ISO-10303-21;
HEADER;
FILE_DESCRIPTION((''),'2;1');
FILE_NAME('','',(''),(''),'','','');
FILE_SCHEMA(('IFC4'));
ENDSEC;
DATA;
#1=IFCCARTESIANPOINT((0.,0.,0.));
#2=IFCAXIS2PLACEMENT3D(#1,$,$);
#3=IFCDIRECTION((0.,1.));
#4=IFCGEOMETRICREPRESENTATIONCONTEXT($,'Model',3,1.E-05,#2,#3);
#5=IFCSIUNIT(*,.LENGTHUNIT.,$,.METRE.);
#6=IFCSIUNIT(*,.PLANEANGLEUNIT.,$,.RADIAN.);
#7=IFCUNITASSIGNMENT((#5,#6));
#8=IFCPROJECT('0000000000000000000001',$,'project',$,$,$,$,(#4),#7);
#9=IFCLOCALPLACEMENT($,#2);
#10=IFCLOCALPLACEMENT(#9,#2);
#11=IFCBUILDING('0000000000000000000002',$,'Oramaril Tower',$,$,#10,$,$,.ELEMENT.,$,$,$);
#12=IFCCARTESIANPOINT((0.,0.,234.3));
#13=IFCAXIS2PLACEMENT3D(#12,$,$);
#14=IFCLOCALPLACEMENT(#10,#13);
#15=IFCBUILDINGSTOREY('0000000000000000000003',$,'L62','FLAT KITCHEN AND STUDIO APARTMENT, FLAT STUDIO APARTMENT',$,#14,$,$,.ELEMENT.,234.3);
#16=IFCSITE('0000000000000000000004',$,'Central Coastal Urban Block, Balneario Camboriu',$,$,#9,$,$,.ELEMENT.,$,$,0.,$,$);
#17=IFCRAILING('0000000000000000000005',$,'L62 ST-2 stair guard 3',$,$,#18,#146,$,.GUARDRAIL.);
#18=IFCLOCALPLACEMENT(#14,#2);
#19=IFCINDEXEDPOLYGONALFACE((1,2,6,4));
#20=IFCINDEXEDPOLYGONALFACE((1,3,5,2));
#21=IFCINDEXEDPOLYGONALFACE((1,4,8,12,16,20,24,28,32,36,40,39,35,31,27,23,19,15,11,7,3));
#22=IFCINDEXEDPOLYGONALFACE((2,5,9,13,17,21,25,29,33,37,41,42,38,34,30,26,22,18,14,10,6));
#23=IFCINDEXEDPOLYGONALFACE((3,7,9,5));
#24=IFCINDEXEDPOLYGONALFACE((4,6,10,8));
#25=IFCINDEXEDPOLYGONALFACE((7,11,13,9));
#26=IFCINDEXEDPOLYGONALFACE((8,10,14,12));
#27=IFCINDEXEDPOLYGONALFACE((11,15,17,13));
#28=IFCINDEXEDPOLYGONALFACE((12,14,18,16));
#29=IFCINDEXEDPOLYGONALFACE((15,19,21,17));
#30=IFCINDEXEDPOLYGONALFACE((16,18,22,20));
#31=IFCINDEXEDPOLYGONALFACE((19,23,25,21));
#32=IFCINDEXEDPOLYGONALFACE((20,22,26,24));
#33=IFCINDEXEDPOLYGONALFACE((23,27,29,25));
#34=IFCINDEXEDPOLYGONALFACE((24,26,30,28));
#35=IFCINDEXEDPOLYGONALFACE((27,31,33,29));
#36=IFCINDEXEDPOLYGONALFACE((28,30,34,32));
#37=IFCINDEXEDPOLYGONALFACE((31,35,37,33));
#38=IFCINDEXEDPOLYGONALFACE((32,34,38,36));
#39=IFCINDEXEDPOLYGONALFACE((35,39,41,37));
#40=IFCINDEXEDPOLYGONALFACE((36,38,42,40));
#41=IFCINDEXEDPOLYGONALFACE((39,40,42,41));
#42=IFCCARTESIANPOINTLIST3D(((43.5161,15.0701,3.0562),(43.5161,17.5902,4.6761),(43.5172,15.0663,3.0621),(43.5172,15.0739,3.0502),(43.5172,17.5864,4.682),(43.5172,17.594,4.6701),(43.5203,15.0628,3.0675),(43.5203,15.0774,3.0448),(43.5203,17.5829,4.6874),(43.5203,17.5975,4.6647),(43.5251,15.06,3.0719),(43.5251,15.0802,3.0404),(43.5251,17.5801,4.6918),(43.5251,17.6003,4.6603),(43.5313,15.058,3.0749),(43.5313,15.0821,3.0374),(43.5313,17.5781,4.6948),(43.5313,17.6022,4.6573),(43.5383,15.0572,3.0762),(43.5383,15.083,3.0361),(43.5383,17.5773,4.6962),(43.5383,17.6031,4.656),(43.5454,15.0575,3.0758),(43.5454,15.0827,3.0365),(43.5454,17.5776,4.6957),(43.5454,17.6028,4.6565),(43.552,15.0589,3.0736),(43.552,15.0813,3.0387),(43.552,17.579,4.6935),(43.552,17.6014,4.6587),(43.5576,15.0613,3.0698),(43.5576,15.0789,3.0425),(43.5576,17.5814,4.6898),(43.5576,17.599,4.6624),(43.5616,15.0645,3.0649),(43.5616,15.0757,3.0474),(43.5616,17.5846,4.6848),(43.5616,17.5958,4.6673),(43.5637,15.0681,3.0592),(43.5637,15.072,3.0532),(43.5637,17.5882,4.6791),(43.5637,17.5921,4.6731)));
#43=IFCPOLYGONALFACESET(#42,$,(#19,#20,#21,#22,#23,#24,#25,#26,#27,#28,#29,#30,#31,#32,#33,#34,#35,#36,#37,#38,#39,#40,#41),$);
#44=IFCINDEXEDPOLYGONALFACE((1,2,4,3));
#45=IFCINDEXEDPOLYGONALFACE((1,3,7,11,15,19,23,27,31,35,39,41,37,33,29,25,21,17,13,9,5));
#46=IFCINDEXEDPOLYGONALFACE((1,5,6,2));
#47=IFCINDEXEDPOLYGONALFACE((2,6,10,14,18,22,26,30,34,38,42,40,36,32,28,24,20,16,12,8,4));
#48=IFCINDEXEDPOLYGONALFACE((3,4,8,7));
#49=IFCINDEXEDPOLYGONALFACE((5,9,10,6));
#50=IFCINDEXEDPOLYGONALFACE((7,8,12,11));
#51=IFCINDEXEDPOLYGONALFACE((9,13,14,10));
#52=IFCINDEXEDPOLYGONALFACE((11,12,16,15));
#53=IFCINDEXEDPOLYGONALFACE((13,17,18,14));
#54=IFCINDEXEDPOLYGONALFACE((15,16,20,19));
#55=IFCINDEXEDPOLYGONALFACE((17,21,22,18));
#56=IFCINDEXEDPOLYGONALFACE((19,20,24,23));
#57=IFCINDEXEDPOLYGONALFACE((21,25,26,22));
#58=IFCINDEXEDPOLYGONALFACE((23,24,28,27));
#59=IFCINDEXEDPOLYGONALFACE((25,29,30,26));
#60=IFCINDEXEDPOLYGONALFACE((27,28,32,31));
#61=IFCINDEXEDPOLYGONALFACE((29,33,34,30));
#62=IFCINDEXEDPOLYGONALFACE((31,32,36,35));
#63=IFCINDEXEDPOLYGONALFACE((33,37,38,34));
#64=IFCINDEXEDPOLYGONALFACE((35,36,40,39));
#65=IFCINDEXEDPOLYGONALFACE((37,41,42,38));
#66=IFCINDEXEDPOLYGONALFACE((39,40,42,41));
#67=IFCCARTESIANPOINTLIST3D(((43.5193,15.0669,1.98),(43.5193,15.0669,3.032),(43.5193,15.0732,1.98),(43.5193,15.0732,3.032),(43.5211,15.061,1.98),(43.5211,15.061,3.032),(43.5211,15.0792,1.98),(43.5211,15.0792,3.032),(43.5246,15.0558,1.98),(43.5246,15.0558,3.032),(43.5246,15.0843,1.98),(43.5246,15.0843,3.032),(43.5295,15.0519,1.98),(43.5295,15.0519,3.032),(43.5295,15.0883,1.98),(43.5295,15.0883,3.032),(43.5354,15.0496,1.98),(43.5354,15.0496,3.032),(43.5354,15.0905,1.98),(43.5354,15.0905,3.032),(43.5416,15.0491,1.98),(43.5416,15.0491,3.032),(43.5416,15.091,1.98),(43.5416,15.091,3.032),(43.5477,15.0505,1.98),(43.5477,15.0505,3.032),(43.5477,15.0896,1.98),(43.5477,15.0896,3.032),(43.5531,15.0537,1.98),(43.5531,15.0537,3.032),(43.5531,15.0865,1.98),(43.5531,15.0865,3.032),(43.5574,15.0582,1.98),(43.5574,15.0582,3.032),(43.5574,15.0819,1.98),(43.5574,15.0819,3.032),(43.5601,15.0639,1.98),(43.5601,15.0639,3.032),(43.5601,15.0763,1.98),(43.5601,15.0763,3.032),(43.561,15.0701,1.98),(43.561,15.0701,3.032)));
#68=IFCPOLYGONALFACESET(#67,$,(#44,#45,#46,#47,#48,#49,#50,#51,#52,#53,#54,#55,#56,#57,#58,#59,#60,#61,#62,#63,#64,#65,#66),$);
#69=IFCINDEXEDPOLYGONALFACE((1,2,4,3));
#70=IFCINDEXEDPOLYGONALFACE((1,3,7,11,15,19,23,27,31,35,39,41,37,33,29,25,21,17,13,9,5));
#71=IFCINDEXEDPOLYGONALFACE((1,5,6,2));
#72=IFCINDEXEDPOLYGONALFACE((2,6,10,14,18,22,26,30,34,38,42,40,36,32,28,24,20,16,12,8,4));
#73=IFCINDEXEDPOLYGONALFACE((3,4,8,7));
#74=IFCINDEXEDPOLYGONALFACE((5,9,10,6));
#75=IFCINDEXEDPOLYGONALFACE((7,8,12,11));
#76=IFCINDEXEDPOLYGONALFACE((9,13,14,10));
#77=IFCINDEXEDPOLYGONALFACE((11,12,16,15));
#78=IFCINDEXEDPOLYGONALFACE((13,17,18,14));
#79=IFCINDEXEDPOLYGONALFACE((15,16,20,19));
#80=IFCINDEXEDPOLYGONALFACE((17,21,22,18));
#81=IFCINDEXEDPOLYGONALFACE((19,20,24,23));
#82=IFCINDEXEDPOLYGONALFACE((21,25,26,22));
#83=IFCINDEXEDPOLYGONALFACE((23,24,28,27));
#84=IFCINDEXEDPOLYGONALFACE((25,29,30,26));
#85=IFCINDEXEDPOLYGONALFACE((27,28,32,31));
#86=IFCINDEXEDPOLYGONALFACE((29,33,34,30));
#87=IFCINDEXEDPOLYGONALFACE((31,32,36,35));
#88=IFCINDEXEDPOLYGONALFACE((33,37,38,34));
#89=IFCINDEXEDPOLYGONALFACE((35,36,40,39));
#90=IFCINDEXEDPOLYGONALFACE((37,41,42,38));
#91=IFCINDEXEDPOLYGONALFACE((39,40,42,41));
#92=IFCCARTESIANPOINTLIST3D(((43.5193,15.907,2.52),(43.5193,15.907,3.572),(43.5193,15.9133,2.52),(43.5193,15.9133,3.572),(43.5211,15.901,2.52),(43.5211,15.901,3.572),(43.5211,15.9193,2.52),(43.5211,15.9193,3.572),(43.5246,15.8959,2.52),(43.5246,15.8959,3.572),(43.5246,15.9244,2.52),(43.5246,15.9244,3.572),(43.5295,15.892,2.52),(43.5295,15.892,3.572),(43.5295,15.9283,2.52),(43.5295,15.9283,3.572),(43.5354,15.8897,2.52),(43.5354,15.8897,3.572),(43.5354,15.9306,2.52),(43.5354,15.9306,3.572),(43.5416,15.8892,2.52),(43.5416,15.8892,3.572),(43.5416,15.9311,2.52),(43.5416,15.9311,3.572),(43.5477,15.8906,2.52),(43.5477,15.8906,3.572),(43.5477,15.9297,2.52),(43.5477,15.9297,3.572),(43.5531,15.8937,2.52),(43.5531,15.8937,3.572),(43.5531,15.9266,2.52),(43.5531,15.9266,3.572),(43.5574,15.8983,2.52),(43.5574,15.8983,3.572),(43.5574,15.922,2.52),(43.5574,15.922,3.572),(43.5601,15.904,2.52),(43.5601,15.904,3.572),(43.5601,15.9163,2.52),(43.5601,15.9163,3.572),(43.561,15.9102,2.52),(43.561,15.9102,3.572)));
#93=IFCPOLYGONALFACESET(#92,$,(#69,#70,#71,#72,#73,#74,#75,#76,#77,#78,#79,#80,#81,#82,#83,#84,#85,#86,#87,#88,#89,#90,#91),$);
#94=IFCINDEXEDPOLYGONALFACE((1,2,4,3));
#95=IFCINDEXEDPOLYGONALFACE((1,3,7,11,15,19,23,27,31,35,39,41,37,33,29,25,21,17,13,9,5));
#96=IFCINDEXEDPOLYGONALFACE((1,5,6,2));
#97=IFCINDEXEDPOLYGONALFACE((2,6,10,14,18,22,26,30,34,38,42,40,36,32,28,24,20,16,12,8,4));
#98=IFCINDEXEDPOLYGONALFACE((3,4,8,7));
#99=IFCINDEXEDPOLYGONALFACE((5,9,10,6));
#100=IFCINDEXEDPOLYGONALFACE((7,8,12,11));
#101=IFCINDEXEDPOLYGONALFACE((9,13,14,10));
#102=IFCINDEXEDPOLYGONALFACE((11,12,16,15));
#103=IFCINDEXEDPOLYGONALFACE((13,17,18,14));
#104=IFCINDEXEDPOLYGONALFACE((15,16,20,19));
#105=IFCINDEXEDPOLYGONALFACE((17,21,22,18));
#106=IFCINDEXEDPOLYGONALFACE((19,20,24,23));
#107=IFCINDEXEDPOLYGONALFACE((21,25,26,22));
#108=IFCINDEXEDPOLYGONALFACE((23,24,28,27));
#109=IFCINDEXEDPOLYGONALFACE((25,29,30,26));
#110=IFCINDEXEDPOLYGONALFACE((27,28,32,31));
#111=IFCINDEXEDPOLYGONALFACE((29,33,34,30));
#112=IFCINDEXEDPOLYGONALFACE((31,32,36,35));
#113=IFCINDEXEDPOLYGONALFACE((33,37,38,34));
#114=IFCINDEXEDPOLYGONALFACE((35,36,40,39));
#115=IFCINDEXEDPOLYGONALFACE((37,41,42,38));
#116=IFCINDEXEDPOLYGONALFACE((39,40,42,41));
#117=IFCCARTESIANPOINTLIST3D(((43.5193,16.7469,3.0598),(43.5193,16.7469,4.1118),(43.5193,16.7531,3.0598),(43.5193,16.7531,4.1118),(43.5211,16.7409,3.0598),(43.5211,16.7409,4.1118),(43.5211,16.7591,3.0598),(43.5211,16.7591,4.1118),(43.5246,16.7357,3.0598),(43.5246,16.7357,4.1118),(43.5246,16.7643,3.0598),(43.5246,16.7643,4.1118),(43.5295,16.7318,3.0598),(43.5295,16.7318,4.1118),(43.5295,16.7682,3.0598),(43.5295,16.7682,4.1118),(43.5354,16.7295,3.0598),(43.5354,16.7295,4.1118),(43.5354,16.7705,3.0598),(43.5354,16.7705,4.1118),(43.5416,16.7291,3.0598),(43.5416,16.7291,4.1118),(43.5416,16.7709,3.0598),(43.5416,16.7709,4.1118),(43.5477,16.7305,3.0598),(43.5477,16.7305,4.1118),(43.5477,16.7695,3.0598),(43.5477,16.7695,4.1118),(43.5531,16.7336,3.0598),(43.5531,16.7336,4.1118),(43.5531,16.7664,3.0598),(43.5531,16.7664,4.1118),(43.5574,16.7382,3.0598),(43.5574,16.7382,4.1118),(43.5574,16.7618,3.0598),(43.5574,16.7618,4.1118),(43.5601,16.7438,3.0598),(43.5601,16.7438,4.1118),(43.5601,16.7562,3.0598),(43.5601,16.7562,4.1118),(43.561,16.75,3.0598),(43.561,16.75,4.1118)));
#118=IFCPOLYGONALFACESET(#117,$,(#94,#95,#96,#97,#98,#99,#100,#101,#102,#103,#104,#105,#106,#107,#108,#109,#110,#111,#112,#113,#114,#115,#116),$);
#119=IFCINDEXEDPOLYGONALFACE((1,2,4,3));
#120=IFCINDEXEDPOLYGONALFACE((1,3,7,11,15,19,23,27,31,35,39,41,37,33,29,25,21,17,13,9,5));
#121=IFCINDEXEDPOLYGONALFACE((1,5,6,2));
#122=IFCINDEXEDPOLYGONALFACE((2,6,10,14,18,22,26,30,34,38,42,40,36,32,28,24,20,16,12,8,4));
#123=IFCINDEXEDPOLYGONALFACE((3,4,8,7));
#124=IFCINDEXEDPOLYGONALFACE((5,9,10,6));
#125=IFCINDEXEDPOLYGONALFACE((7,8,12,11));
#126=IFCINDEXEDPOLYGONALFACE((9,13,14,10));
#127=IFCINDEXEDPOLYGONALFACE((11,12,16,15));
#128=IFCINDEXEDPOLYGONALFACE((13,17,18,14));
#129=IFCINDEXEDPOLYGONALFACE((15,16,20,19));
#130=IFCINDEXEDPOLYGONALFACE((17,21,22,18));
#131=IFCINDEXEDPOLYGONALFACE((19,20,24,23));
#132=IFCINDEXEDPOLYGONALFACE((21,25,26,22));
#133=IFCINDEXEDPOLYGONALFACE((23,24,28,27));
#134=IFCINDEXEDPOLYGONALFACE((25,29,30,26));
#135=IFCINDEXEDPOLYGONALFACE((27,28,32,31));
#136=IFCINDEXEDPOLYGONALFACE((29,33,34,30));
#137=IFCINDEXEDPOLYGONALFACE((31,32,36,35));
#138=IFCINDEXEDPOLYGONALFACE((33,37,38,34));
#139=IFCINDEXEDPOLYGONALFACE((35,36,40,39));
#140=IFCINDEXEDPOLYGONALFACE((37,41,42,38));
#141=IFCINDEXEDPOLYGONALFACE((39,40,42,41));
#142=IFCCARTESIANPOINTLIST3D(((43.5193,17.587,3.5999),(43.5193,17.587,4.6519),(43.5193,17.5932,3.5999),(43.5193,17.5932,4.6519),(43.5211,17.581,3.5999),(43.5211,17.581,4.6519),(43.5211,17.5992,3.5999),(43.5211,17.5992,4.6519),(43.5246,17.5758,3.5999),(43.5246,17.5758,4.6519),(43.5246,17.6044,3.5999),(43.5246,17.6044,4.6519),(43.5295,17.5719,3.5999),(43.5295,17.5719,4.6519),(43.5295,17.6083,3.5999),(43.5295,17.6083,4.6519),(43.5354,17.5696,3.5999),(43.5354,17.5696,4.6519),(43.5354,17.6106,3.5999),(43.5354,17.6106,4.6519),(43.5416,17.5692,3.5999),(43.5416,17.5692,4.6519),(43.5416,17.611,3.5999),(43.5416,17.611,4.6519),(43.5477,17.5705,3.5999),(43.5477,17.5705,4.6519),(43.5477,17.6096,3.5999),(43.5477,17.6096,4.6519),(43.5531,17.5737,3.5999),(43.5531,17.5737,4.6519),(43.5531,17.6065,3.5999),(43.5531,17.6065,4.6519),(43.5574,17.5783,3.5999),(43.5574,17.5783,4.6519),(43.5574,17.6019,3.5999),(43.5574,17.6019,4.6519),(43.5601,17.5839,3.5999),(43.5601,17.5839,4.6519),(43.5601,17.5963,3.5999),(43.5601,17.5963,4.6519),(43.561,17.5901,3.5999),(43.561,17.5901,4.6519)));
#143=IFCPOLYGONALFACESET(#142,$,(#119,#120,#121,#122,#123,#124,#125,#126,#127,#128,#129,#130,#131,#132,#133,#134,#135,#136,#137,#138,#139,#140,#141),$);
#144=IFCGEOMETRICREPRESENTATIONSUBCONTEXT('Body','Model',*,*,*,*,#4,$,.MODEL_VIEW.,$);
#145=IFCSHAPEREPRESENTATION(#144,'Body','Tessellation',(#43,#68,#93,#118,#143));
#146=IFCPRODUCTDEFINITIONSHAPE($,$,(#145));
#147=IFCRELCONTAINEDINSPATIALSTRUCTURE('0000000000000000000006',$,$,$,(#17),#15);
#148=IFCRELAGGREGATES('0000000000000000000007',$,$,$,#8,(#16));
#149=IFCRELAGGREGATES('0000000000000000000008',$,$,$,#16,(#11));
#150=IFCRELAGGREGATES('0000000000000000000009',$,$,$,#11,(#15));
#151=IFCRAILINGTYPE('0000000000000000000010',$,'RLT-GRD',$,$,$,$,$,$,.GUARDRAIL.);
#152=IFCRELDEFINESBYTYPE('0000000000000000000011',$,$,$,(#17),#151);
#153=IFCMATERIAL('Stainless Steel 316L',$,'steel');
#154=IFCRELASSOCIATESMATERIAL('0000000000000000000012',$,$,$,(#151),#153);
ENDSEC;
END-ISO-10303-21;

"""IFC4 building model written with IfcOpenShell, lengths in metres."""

from ifc_helpers import new_model, si_unit, direction, frame, origin, origin_2d, place, context, subcontext, project, spatial, circle, extrude, material, type_object, element, save


model = new_model("IFC4")

# Units and contexts
model_context = context("Model", 3, precision=1e-05, world=origin(), true_north=direction((0.0, 1.0)))
body_context = subcontext(model_context, "Body", "Model", "MODEL_VIEW")
ifc_project = project(units=[si_unit("LENGTHUNIT", "METRE"), si_unit("PLANEANGLEUNIT", "RADIAN")], contexts=[model_context])

# Site, building, storey
site_placement = place(None, origin())
site = spatial("IfcSite", under=ifc_project, at=site_placement, Name="Central Coastal Urban Block, Balneario Camboriu", CompositionType="ELEMENT", RefElevation=0.0)
building_placement = place(site_placement, origin())
building = spatial("IfcBuilding", under=site, at=building_placement, Name="Oramaril Tower", CompositionType="ELEMENT")
storey_placement = place(building_placement, frame((0.0, 0.0, 234.3)))
storey = spatial("IfcBuildingStorey", under=building, at=storey_placement, Name="L62", Description="FLAT KITCHEN AND STUDIO APARTMENT, FLAT STUDIO APARTMENT", CompositionType="ELEMENT", Elevation=234.3)

# Railing
ifc_material_1 = material(Name="Stainless Steel 316L", Category="steel")
railing_type_1 = type_object("IfcRailingType", Name="RLT-GRD", PredefinedType="GUARDRAIL", material=ifc_material_1)
railing_1_placement = place(storey_placement, frame((43.54, 15.0701, 1.98)))
element("IfcRailing", 1, at=railing_1_placement, inside=storey, type_object=railing_type_1, Name="L62 ST-2 stair guard 3", PredefinedType="GUARDRAIL", context=body_context, shape_type="SweptSolid", body=[
    extrude(circle(Radius=0.0239, at=origin_2d()), frame((0.0, 0.0, 1.0762), z_axis=(0.0, 0.8412, 0.540725), x_axis=(-1.0, 0.0, 0.0)), (0.0, 0.0, 1.0), 2.9958),
    extrude(circle(Radius=0.021, at=origin_2d()), origin(), (0.0, 0.0, 1.0), 1.052),
    extrude(circle(Radius=0.021, at=origin_2d()), frame((0.0, 0.8401, 0.54)), (0.0, 0.0, 1.0), 1.052),
    extrude(circle(Radius=0.021, at=origin_2d()), frame((0.0, 1.6799, 1.0798)), (0.0, 0.0, 1.0), 1.052),
    extrude(circle(Radius=0.021, at=origin_2d()), frame((0.0, 2.52, 1.6199)), (0.0, 0.0, 1.0), 1.052),
])

save(model, "model.ifc")
